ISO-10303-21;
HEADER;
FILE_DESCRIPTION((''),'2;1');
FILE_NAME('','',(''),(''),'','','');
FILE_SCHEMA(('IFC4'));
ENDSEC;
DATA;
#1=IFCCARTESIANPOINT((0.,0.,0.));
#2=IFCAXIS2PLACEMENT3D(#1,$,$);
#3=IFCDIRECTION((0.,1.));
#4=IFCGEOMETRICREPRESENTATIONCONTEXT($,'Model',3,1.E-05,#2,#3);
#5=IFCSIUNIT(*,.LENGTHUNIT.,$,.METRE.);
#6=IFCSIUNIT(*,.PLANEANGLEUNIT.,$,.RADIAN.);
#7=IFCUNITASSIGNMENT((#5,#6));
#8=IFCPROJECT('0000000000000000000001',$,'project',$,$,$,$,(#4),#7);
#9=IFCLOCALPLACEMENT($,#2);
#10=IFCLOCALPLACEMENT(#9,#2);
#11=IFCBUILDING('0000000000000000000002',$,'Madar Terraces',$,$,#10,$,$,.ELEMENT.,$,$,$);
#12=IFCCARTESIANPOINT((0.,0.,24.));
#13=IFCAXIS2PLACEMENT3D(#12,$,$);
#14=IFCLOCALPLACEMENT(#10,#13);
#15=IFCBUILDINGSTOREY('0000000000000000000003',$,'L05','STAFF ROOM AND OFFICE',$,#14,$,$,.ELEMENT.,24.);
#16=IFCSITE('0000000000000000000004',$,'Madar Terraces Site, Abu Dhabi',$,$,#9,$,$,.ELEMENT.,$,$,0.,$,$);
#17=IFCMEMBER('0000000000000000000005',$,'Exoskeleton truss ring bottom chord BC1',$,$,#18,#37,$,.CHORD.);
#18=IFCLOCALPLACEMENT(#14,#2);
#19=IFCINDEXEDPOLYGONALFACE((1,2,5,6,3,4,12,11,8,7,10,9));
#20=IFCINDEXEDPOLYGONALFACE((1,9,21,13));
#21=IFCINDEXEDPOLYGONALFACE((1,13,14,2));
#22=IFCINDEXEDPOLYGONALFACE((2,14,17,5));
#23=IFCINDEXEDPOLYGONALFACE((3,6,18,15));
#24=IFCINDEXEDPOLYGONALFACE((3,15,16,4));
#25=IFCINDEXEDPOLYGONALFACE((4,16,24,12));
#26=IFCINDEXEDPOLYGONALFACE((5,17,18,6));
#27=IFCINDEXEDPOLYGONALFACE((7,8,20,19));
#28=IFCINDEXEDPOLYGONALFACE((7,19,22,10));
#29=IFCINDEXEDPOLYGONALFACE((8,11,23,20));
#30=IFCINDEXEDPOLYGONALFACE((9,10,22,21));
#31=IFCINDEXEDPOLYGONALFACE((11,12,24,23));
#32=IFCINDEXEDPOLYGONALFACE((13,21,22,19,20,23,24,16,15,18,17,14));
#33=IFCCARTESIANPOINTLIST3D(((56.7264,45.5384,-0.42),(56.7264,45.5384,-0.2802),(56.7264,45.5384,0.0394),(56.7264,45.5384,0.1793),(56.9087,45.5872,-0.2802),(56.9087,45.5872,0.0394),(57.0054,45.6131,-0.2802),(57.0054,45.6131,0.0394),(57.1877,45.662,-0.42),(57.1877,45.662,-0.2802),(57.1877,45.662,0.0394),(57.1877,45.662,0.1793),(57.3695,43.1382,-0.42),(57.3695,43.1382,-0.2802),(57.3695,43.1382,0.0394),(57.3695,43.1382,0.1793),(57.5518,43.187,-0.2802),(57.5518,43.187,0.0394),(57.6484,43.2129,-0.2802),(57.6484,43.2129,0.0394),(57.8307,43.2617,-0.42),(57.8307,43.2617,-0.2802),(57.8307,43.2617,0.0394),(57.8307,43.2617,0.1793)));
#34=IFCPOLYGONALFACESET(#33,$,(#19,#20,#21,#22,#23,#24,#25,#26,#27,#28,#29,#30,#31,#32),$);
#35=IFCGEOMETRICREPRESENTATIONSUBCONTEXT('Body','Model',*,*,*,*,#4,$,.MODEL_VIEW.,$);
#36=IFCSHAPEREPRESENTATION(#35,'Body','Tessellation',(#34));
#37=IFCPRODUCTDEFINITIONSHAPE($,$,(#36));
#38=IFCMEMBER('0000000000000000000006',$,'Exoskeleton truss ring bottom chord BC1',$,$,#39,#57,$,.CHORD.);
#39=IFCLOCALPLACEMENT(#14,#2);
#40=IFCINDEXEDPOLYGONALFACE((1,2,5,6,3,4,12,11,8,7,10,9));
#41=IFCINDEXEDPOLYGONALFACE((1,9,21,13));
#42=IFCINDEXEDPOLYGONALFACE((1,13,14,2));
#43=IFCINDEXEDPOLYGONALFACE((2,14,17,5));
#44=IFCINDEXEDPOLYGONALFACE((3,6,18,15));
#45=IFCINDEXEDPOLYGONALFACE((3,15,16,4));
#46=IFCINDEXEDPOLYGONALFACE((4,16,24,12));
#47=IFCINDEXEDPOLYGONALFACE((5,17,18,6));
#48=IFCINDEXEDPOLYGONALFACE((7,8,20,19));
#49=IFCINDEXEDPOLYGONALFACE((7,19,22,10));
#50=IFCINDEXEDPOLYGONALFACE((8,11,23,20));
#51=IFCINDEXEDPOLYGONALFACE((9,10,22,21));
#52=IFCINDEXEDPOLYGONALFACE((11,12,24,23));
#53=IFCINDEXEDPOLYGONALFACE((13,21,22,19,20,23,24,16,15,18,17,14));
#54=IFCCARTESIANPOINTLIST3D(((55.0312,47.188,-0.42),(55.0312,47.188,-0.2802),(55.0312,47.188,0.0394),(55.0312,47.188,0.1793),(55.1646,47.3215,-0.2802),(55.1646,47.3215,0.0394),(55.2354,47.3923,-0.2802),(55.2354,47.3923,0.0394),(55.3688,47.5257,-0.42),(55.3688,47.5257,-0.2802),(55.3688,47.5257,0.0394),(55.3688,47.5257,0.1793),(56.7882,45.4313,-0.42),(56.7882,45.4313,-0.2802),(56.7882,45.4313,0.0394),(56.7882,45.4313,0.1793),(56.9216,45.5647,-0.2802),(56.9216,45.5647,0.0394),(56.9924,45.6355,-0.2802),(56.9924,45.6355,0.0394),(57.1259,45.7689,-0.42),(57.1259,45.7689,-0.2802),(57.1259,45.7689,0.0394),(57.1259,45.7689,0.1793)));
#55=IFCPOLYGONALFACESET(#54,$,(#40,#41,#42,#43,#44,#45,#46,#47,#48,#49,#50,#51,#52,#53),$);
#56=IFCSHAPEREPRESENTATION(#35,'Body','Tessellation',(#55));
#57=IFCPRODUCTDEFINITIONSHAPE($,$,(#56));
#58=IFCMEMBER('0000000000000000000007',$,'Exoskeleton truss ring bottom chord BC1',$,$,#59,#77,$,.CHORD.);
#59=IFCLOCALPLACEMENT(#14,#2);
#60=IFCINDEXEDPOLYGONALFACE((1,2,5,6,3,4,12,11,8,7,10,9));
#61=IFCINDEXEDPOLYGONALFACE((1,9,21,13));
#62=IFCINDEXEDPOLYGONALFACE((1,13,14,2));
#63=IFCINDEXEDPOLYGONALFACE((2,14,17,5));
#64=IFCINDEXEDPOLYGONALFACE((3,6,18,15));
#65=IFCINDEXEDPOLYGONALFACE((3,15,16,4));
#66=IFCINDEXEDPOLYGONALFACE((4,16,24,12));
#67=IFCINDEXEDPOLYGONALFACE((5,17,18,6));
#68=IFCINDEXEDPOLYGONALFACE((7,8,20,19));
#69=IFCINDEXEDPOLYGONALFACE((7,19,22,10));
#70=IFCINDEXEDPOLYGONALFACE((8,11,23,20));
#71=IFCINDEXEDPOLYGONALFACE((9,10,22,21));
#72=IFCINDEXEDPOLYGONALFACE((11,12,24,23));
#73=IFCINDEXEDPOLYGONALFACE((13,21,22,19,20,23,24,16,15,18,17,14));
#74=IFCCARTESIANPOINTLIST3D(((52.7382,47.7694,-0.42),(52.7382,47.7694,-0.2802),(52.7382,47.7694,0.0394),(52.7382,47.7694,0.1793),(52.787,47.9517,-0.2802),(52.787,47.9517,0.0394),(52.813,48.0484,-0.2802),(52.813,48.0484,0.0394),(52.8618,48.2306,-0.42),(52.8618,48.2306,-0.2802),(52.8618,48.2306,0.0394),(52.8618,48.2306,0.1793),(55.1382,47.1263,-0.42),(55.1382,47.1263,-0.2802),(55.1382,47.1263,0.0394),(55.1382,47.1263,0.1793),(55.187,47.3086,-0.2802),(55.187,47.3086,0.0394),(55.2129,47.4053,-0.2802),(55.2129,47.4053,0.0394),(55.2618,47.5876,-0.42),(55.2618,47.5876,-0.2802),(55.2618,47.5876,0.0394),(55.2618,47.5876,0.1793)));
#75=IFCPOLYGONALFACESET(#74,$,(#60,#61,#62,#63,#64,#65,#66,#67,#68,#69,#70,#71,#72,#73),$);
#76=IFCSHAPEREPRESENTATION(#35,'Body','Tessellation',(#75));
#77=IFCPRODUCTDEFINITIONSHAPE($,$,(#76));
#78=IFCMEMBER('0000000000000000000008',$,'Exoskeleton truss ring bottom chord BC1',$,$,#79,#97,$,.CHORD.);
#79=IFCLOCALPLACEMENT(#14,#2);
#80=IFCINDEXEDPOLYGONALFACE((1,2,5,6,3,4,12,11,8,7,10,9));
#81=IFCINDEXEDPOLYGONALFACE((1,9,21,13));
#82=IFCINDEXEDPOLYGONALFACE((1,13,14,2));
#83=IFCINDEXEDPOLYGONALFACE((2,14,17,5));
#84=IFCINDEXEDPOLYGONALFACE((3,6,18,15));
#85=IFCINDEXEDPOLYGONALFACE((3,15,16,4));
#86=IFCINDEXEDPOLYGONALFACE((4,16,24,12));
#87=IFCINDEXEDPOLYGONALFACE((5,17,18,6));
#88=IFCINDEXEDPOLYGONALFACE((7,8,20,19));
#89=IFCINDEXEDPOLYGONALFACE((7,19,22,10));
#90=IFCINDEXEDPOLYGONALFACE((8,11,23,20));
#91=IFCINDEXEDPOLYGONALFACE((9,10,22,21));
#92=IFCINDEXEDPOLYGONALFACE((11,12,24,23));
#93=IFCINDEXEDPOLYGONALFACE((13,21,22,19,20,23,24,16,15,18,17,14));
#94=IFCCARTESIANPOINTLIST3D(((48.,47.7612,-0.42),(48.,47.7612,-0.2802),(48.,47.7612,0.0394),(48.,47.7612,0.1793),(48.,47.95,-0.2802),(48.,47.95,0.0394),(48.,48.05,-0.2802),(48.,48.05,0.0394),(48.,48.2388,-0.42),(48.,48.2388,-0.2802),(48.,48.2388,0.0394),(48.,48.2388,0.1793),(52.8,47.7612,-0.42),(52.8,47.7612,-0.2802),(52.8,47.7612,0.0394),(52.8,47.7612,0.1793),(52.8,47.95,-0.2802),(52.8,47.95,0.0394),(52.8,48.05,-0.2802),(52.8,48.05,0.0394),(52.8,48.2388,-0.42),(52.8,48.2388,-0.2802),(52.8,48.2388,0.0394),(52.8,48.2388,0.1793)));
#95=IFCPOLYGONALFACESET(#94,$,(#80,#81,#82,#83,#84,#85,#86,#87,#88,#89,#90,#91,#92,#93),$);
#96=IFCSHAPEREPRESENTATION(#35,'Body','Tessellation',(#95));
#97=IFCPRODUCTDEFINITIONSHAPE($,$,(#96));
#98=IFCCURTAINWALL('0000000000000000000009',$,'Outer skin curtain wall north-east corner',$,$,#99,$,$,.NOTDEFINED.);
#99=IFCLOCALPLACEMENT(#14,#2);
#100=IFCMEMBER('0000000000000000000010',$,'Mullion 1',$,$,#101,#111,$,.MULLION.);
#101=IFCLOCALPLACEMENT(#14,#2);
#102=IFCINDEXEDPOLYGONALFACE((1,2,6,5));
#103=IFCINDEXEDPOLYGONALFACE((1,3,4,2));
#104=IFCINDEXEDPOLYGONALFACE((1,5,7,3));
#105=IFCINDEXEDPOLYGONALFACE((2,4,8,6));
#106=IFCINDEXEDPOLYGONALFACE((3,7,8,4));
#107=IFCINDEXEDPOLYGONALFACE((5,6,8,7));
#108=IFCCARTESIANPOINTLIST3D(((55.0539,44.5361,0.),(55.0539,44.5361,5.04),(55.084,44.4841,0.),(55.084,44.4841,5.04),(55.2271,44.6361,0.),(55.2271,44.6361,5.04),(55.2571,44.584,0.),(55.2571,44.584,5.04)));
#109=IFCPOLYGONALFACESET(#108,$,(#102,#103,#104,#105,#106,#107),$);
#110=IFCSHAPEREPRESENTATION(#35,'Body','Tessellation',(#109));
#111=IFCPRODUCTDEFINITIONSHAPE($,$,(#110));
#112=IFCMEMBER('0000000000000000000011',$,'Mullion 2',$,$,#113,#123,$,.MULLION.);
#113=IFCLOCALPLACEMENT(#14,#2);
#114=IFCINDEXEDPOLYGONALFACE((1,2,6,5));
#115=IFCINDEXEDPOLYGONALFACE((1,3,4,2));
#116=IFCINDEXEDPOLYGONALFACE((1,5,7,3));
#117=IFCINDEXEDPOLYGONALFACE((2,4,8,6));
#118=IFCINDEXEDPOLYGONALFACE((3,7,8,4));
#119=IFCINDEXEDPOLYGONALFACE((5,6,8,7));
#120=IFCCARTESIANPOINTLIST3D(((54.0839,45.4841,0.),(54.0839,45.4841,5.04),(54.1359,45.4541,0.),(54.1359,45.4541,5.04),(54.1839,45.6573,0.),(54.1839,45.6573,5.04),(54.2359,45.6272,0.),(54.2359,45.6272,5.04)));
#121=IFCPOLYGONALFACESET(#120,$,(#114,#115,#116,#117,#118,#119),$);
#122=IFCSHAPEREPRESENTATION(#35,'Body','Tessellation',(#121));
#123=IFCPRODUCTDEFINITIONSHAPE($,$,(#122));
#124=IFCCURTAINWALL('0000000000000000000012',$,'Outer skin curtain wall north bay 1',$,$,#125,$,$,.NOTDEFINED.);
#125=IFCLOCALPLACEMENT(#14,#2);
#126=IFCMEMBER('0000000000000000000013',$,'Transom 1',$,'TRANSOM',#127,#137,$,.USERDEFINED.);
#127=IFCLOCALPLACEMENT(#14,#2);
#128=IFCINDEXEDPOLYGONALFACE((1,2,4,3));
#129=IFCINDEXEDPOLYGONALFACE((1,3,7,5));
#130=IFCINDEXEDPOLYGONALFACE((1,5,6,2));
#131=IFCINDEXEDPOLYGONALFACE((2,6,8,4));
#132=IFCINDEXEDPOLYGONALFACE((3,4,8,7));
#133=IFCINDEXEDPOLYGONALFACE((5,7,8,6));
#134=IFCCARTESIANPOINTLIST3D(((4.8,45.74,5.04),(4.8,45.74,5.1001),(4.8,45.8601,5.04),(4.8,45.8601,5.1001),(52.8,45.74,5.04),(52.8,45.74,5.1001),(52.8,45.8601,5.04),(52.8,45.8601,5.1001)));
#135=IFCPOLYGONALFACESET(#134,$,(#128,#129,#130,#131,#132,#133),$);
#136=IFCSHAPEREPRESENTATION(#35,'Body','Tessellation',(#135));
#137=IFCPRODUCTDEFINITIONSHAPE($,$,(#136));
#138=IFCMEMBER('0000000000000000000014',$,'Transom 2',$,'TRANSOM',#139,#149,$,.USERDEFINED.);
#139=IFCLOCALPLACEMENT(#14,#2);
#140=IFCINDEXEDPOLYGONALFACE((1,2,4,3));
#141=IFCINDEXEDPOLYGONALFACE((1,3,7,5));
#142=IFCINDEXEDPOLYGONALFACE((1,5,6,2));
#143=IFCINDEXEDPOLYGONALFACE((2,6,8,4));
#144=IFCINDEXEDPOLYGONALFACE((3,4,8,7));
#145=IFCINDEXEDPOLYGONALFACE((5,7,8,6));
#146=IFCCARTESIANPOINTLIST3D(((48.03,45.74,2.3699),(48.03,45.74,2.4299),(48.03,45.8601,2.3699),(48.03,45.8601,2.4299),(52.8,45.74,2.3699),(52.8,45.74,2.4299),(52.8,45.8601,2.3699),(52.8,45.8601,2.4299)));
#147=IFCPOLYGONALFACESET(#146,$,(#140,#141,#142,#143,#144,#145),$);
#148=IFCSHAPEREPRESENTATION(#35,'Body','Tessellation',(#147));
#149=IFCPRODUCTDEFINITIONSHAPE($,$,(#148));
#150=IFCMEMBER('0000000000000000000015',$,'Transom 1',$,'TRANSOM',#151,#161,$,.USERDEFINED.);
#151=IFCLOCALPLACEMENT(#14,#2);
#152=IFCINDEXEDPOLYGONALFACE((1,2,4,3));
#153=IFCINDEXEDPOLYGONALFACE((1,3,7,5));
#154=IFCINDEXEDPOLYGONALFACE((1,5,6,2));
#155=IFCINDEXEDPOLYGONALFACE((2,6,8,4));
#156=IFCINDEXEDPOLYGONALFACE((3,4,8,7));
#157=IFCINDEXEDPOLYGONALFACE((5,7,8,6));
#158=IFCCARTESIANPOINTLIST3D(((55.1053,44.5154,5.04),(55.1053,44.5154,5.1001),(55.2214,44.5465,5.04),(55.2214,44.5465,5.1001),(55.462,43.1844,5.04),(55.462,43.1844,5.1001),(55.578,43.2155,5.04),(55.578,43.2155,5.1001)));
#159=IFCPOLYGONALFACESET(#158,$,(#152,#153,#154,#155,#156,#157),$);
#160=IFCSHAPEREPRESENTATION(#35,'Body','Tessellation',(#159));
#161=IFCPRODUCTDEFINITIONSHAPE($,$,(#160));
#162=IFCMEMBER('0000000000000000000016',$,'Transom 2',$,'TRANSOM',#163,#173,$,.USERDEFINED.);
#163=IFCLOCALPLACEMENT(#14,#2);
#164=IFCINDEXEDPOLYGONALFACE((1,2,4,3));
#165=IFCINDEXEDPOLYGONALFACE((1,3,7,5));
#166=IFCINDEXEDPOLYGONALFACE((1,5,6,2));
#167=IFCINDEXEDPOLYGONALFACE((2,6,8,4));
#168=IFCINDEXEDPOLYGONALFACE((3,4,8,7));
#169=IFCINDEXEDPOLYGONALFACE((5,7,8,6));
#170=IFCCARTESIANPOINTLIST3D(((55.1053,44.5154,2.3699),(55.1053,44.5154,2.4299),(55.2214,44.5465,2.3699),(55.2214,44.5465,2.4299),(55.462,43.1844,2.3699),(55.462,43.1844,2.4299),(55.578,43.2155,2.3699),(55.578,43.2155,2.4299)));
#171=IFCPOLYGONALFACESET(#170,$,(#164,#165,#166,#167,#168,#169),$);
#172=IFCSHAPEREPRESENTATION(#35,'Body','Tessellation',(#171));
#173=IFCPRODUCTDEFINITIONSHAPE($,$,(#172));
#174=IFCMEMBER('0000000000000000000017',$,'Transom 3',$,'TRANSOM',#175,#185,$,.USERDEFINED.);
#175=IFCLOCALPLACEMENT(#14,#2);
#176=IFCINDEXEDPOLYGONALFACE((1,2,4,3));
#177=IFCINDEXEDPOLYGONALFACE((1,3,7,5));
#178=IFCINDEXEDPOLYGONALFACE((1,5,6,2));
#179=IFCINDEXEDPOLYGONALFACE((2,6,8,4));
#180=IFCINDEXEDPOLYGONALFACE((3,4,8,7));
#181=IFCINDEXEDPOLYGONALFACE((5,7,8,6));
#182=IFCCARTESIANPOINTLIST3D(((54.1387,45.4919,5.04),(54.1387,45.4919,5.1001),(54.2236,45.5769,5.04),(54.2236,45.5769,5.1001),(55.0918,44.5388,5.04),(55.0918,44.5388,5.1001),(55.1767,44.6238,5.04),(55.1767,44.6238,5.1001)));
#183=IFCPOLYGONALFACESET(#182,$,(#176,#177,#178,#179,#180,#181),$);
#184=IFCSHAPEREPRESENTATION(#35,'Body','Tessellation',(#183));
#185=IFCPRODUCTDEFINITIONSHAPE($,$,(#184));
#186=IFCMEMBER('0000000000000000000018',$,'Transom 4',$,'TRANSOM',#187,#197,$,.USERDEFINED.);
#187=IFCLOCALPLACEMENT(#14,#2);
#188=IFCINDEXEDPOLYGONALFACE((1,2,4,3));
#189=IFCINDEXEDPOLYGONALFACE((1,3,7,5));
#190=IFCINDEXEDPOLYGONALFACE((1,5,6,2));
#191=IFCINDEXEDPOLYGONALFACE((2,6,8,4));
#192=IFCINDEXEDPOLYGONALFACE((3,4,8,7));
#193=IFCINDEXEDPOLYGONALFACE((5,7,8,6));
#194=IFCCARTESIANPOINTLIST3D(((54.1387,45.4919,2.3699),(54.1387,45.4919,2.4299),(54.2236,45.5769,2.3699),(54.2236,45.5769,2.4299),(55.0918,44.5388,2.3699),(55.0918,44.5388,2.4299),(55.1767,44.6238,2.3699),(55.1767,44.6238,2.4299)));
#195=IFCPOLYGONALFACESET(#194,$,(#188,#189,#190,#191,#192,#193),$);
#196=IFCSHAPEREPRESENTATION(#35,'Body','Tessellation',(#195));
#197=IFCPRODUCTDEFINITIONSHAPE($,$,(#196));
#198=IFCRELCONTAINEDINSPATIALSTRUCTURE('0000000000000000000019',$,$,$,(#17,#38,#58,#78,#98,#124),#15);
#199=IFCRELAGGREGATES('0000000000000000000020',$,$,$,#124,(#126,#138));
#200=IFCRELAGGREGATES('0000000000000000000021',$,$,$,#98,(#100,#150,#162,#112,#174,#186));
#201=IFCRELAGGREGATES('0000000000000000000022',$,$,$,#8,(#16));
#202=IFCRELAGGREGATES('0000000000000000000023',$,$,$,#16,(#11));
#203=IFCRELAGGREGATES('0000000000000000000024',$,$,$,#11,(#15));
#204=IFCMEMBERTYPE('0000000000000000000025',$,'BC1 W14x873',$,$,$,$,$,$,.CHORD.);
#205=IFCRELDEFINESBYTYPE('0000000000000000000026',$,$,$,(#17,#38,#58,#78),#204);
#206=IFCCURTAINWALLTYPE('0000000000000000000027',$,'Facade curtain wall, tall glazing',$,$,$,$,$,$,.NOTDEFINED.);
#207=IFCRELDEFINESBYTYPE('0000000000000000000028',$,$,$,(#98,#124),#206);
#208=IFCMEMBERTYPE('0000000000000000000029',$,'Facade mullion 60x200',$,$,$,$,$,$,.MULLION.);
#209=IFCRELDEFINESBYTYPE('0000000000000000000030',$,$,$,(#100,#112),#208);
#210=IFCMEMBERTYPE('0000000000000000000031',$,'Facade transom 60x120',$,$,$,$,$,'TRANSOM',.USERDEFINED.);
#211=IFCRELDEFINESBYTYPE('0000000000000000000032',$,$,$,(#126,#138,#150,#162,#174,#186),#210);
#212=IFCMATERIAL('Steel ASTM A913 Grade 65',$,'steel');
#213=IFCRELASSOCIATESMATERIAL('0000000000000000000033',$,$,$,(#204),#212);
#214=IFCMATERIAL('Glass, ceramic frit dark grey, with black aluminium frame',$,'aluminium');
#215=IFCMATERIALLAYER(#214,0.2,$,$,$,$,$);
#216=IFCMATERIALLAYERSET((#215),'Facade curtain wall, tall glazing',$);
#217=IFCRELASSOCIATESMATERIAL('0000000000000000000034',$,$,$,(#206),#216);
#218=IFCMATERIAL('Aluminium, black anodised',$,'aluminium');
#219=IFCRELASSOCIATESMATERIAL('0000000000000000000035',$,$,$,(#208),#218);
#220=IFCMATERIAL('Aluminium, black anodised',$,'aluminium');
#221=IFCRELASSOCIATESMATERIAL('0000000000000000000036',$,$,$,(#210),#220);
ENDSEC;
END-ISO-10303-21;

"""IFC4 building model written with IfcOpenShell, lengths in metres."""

from ifc_helpers import new_model, si_unit, direction, frame, origin, origin_2d, place, context, subcontext, project, spatial, rectangle, i_section, extrude, material, layer, layer_set, material_profile, profile_set, type_object, element, aggregate, save


model = new_model("IFC4")

# Units and contexts
model_context = context("Model", 3, precision=1e-05, world=origin(), true_north=direction((0.0, 1.0)))
body_context = subcontext(model_context, "Body", "Model", "MODEL_VIEW")
ifc_project = project(units=[si_unit("LENGTHUNIT", "METRE"), si_unit("PLANEANGLEUNIT", "RADIAN")], contexts=[model_context])

# Site, building, storey
site_placement = place(None, origin())
site = spatial("IfcSite", under=ifc_project, at=site_placement, Name="Madar Terraces Site, Abu Dhabi", CompositionType="ELEMENT", RefElevation=0.0)
building_placement = place(site_placement, origin())
building = spatial("IfcBuilding", under=site, at=building_placement, Name="Madar Terraces", CompositionType="ELEMENT")
storey_placement = place(building_placement, frame((0.0, 0.0, 24.0)))
storey = spatial("IfcBuildingStorey", under=building, at=storey_placement, Name="L05", Description="STAFF ROOM AND OFFICE", CompositionType="ELEMENT", Elevation=24.0)

# Members
ifc_material_1 = material(Name="Steel ASTM A913 Grade 65", Category="steel")
ifc_material_profile_1 = material_profile(ifc_material_1, i_section(OverallWidth=0.4775, OverallDepth=0.5994, WebThickness=0.1001, FlangeThickness=0.1399, at=origin_2d()), Name="W14x873")
ifc_profile_set_1 = profile_set([ifc_material_profile_1], Name="Steel ASTM A913 Grade 65")
member_type_1 = type_object("IfcMemberType", Name="BC1 W14x873", PredefinedType="CHORD", material=ifc_profile_set_1)
member_1_placement = place(storey_placement, frame((57.6001, 43.2, -0.1204), z_axis=(-0.2588, 0.965931, 0.0), x_axis=(-0.965931, -0.2588, 0.0)))
element("IfcMember", 1, at=member_1_placement, inside=storey, type_object=member_type_1, Name="Exoskeleton truss ring bottom chord BC1", PredefinedType="CHORD", context=body_context, shape_type="SweptSolid", body=[
    extrude(i_section(OverallWidth=0.4775, OverallDepth=0.5994, WebThickness=0.1001, FlangeThickness=0.1399, at=origin_2d()), origin(), (0.0, 0.0, 1.0), 2.4849),
])
for number, where, z_axis, x_axis, name in (
    (2, (56.957, 45.6001, -0.1204), (-0.707156, 0.707058, 0.0), (-0.707058, -0.707156, 0.0), "Exoskeleton truss ring bottom chord BC1"),
    (3, (55.2, 47.3569, -0.1204), (-0.965924, 0.258824, 0.0), (-0.258824, -0.965924, 0.0), "Exoskeleton truss ring bottom chord BC1"),
):
    element("IfcMember", number, at=place(storey_placement, frame(where, z_axis=z_axis, x_axis=x_axis)), inside=storey, type_object=member_type_1, Name=name, PredefinedType="CHORD", context=body_context, shape_type="SweptSolid", body=[
        extrude(i_section(OverallWidth=0.4775, OverallDepth=0.5994, WebThickness=0.1001, FlangeThickness=0.1399, at=origin_2d()), origin(), (0.0, 0.0, 1.0), 2.4846),
    ])
member_2_placement = place(storey_placement, frame((52.8, 48.0, -0.1204), z_axis=(-1.0, 0.0, 0.0), x_axis=(0.0, -1.0, 0.0)))
element("IfcMember", 4, at=member_2_placement, inside=storey, type_object=member_type_1, Name="Exoskeleton truss ring bottom chord BC1", PredefinedType="CHORD", context=body_context, shape_type="SweptSolid", body=[
    extrude(i_section(OverallWidth=0.4775, OverallDepth=0.5994, WebThickness=0.1001, FlangeThickness=0.1399, at=origin_2d()), origin(), (0.0, 0.0, 1.0), 4.8),
])

# Curtain walls, members
ifc_material_2 = material(Name="Glass, ceramic frit dark grey, with black aluminium frame", Category="aluminium")
ifc_layer_1 = layer(ifc_material_2, 0.2)
ifc_layer_set_1 = layer_set([ifc_layer_1], Name="Facade curtain wall, tall glazing")
curtain_wall_type = type_object("IfcCurtainWallType", Name="Facade curtain wall, tall glazing", PredefinedType="NOTDEFINED", material=ifc_layer_set_1)
curtain_wall_1_placement = place(storey_placement, origin())
curtain_wall_1 = element("IfcCurtainWall", 5, at=curtain_wall_1_placement, inside=storey, type_object=curtain_wall_type, Name="Outer skin curtain wall north-east corner", PredefinedType="NOTDEFINED")
ifc_material_3 = material(Name="Aluminium, black anodised", Category="aluminium")
ifc_material_profile_2 = material_profile(ifc_material_3, rectangle(XDim=0.2, YDim=0.0601, at=origin_2d()), Name="Facade mullion 60x200")
ifc_profile_set_2 = profile_set([ifc_material_profile_2], Name="Aluminium, black anodised")
member_type_2 = type_object("IfcMemberType", Name="Facade mullion 60x200", PredefinedType="MULLION", material=ifc_profile_set_2)
member_3_placement = place(storey_placement, frame((55.1555, 44.5601, 0.0), z_axis=(0.0, 0.0, 1.0), x_axis=(-0.866025, -0.5, 0.0)))
member_3 = element("IfcMember", 6, at=member_3_placement, type_object=member_type_2, Name="Mullion 1", PredefinedType="MULLION", context=body_context, shape_type="SweptSolid", body=[
    extrude(rectangle(XDim=0.2, YDim=0.0601, at=origin_2d()), origin(), (0.0, 0.0, 1.0), 5.04),
])
member_4_placement = place(storey_placement, frame((54.1599, 45.5557, 0.0), z_axis=(0.0, 0.0, 1.0), x_axis=(-0.5, -0.866025, 0.0)))
member_4 = element("IfcMember", 7, at=member_4_placement, type_object=member_type_2, Name="Mullion 2", PredefinedType="MULLION", context=body_context, shape_type="SweptSolid", body=[
    extrude(rectangle(XDim=0.2, YDim=0.0601, at=origin_2d()), origin(), (0.0, 0.0, 1.0), 5.04),
])
curtain_wall_2_placement = place(storey_placement, origin())
curtain_wall_2 = element("IfcCurtainWall", 8, at=curtain_wall_2_placement, inside=storey, type_object=curtain_wall_type, Name="Outer skin curtain wall north bay 1", PredefinedType="NOTDEFINED")
ifc_material_4 = material(Name="Aluminium, black anodised", Category="aluminium")
ifc_material_profile_3 = material_profile(ifc_material_4, rectangle(XDim=0.1201, YDim=0.0601, at=origin_2d()), Name="Facade transom 60x120")
ifc_profile_set_3 = profile_set([ifc_material_profile_3], Name="Aluminium, black anodised")
member_type_3 = type_object("IfcMemberType", Name="Facade transom 60x120", ElementType="TRANSOM", PredefinedType="USERDEFINED", material=ifc_profile_set_3)
member_5_placement = place(storey_placement, frame((52.8, 45.8, 5.0701), z_axis=(-1.0, 0.0, 0.0), x_axis=(0.0, -1.0, 0.0)))
member_5 = element("IfcMember", 9, at=member_5_placement, type_object=member_type_3, Name="Transom 1", ObjectType="TRANSOM", PredefinedType="USERDEFINED", context=body_context, shape_type="SweptSolid", body=[
    extrude(rectangle(XDim=0.1201, YDim=0.0601, at=origin_2d()), origin(), (0.0, 0.0, 1.0), 48.0),
])
member_6_placement = place(storey_placement, frame((52.8, 45.8, 2.3999), z_axis=(-1.0, 0.0, 0.0), x_axis=(0.0, -1.0, 0.0)))
member_6 = element("IfcMember", 10, at=member_6_placement, type_object=member_type_3, Name="Transom 2", ObjectType="TRANSOM", PredefinedType="USERDEFINED", context=body_context, shape_type="SweptSolid", body=[
    extrude(rectangle(XDim=0.1201, YDim=0.0601, at=origin_2d()), origin(), (0.0, 0.0, 1.0), 4.77),
])
aggregate(curtain_wall_2, [member_5, member_6])

# Members
member_7_placement = place(storey_placement, frame((55.52, 43.2, 5.0701), z_axis=(-0.258842, 0.96592, 0.0), x_axis=(-0.96592, -0.258842, 0.0)))
member_7 = element("IfcMember", 11, at=member_7_placement, type_object=member_type_3, Name="Transom 1", ObjectType="TRANSOM", PredefinedType="USERDEFINED", context=body_context, shape_type="SweptSolid", body=[
    extrude(rectangle(XDim=0.1201, YDim=0.0601, at=origin_2d()), origin(), (0.0, 0.0, 1.0), 1.3779),
])
member_8_placement = place(storey_placement, frame((55.52, 43.2, 2.3999), z_axis=(-0.258842, 0.96592, 0.0), x_axis=(-0.96592, -0.258842, 0.0)))
member_8 = element("IfcMember", 12, at=member_8_placement, type_object=member_type_3, Name="Transom 2", ObjectType="TRANSOM", PredefinedType="USERDEFINED", context=body_context, shape_type="SweptSolid", body=[
    extrude(rectangle(XDim=0.1201, YDim=0.0601, at=origin_2d()), origin(), (0.0, 0.0, 1.0), 1.3779),
])
member_9_placement = place(storey_placement, frame((55.1343, 44.5813, 5.0701), z_axis=(-0.707107, 0.707107, 0.0), x_axis=(-0.707107, -0.707107, 0.0)))
member_9 = element("IfcMember", 13, at=member_9_placement, type_object=member_type_3, Name="Transom 3", ObjectType="TRANSOM", PredefinedType="USERDEFINED", context=body_context, shape_type="SweptSolid", body=[
    extrude(rectangle(XDim=0.1201, YDim=0.0601, at=origin_2d()), origin(), (0.0, 0.0, 1.0), 1.3479),
])
member_10_placement = place(storey_placement, frame((55.1343, 44.5813, 2.3999), z_axis=(-0.707107, 0.707107, 0.0), x_axis=(-0.707107, -0.707107, 0.0)))
member_10 = element("IfcMember", 14, at=member_10_placement, type_object=member_type_3, Name="Transom 4", ObjectType="TRANSOM", PredefinedType="USERDEFINED", context=body_context, shape_type="SweptSolid", body=[
    extrude(rectangle(XDim=0.1201, YDim=0.0601, at=origin_2d()), origin(), (0.0, 0.0, 1.0), 1.3479),
])

aggregate(curtain_wall_1, [member_3, member_7, member_8, member_4, member_9, member_10])

save(model, "model.ifc")
